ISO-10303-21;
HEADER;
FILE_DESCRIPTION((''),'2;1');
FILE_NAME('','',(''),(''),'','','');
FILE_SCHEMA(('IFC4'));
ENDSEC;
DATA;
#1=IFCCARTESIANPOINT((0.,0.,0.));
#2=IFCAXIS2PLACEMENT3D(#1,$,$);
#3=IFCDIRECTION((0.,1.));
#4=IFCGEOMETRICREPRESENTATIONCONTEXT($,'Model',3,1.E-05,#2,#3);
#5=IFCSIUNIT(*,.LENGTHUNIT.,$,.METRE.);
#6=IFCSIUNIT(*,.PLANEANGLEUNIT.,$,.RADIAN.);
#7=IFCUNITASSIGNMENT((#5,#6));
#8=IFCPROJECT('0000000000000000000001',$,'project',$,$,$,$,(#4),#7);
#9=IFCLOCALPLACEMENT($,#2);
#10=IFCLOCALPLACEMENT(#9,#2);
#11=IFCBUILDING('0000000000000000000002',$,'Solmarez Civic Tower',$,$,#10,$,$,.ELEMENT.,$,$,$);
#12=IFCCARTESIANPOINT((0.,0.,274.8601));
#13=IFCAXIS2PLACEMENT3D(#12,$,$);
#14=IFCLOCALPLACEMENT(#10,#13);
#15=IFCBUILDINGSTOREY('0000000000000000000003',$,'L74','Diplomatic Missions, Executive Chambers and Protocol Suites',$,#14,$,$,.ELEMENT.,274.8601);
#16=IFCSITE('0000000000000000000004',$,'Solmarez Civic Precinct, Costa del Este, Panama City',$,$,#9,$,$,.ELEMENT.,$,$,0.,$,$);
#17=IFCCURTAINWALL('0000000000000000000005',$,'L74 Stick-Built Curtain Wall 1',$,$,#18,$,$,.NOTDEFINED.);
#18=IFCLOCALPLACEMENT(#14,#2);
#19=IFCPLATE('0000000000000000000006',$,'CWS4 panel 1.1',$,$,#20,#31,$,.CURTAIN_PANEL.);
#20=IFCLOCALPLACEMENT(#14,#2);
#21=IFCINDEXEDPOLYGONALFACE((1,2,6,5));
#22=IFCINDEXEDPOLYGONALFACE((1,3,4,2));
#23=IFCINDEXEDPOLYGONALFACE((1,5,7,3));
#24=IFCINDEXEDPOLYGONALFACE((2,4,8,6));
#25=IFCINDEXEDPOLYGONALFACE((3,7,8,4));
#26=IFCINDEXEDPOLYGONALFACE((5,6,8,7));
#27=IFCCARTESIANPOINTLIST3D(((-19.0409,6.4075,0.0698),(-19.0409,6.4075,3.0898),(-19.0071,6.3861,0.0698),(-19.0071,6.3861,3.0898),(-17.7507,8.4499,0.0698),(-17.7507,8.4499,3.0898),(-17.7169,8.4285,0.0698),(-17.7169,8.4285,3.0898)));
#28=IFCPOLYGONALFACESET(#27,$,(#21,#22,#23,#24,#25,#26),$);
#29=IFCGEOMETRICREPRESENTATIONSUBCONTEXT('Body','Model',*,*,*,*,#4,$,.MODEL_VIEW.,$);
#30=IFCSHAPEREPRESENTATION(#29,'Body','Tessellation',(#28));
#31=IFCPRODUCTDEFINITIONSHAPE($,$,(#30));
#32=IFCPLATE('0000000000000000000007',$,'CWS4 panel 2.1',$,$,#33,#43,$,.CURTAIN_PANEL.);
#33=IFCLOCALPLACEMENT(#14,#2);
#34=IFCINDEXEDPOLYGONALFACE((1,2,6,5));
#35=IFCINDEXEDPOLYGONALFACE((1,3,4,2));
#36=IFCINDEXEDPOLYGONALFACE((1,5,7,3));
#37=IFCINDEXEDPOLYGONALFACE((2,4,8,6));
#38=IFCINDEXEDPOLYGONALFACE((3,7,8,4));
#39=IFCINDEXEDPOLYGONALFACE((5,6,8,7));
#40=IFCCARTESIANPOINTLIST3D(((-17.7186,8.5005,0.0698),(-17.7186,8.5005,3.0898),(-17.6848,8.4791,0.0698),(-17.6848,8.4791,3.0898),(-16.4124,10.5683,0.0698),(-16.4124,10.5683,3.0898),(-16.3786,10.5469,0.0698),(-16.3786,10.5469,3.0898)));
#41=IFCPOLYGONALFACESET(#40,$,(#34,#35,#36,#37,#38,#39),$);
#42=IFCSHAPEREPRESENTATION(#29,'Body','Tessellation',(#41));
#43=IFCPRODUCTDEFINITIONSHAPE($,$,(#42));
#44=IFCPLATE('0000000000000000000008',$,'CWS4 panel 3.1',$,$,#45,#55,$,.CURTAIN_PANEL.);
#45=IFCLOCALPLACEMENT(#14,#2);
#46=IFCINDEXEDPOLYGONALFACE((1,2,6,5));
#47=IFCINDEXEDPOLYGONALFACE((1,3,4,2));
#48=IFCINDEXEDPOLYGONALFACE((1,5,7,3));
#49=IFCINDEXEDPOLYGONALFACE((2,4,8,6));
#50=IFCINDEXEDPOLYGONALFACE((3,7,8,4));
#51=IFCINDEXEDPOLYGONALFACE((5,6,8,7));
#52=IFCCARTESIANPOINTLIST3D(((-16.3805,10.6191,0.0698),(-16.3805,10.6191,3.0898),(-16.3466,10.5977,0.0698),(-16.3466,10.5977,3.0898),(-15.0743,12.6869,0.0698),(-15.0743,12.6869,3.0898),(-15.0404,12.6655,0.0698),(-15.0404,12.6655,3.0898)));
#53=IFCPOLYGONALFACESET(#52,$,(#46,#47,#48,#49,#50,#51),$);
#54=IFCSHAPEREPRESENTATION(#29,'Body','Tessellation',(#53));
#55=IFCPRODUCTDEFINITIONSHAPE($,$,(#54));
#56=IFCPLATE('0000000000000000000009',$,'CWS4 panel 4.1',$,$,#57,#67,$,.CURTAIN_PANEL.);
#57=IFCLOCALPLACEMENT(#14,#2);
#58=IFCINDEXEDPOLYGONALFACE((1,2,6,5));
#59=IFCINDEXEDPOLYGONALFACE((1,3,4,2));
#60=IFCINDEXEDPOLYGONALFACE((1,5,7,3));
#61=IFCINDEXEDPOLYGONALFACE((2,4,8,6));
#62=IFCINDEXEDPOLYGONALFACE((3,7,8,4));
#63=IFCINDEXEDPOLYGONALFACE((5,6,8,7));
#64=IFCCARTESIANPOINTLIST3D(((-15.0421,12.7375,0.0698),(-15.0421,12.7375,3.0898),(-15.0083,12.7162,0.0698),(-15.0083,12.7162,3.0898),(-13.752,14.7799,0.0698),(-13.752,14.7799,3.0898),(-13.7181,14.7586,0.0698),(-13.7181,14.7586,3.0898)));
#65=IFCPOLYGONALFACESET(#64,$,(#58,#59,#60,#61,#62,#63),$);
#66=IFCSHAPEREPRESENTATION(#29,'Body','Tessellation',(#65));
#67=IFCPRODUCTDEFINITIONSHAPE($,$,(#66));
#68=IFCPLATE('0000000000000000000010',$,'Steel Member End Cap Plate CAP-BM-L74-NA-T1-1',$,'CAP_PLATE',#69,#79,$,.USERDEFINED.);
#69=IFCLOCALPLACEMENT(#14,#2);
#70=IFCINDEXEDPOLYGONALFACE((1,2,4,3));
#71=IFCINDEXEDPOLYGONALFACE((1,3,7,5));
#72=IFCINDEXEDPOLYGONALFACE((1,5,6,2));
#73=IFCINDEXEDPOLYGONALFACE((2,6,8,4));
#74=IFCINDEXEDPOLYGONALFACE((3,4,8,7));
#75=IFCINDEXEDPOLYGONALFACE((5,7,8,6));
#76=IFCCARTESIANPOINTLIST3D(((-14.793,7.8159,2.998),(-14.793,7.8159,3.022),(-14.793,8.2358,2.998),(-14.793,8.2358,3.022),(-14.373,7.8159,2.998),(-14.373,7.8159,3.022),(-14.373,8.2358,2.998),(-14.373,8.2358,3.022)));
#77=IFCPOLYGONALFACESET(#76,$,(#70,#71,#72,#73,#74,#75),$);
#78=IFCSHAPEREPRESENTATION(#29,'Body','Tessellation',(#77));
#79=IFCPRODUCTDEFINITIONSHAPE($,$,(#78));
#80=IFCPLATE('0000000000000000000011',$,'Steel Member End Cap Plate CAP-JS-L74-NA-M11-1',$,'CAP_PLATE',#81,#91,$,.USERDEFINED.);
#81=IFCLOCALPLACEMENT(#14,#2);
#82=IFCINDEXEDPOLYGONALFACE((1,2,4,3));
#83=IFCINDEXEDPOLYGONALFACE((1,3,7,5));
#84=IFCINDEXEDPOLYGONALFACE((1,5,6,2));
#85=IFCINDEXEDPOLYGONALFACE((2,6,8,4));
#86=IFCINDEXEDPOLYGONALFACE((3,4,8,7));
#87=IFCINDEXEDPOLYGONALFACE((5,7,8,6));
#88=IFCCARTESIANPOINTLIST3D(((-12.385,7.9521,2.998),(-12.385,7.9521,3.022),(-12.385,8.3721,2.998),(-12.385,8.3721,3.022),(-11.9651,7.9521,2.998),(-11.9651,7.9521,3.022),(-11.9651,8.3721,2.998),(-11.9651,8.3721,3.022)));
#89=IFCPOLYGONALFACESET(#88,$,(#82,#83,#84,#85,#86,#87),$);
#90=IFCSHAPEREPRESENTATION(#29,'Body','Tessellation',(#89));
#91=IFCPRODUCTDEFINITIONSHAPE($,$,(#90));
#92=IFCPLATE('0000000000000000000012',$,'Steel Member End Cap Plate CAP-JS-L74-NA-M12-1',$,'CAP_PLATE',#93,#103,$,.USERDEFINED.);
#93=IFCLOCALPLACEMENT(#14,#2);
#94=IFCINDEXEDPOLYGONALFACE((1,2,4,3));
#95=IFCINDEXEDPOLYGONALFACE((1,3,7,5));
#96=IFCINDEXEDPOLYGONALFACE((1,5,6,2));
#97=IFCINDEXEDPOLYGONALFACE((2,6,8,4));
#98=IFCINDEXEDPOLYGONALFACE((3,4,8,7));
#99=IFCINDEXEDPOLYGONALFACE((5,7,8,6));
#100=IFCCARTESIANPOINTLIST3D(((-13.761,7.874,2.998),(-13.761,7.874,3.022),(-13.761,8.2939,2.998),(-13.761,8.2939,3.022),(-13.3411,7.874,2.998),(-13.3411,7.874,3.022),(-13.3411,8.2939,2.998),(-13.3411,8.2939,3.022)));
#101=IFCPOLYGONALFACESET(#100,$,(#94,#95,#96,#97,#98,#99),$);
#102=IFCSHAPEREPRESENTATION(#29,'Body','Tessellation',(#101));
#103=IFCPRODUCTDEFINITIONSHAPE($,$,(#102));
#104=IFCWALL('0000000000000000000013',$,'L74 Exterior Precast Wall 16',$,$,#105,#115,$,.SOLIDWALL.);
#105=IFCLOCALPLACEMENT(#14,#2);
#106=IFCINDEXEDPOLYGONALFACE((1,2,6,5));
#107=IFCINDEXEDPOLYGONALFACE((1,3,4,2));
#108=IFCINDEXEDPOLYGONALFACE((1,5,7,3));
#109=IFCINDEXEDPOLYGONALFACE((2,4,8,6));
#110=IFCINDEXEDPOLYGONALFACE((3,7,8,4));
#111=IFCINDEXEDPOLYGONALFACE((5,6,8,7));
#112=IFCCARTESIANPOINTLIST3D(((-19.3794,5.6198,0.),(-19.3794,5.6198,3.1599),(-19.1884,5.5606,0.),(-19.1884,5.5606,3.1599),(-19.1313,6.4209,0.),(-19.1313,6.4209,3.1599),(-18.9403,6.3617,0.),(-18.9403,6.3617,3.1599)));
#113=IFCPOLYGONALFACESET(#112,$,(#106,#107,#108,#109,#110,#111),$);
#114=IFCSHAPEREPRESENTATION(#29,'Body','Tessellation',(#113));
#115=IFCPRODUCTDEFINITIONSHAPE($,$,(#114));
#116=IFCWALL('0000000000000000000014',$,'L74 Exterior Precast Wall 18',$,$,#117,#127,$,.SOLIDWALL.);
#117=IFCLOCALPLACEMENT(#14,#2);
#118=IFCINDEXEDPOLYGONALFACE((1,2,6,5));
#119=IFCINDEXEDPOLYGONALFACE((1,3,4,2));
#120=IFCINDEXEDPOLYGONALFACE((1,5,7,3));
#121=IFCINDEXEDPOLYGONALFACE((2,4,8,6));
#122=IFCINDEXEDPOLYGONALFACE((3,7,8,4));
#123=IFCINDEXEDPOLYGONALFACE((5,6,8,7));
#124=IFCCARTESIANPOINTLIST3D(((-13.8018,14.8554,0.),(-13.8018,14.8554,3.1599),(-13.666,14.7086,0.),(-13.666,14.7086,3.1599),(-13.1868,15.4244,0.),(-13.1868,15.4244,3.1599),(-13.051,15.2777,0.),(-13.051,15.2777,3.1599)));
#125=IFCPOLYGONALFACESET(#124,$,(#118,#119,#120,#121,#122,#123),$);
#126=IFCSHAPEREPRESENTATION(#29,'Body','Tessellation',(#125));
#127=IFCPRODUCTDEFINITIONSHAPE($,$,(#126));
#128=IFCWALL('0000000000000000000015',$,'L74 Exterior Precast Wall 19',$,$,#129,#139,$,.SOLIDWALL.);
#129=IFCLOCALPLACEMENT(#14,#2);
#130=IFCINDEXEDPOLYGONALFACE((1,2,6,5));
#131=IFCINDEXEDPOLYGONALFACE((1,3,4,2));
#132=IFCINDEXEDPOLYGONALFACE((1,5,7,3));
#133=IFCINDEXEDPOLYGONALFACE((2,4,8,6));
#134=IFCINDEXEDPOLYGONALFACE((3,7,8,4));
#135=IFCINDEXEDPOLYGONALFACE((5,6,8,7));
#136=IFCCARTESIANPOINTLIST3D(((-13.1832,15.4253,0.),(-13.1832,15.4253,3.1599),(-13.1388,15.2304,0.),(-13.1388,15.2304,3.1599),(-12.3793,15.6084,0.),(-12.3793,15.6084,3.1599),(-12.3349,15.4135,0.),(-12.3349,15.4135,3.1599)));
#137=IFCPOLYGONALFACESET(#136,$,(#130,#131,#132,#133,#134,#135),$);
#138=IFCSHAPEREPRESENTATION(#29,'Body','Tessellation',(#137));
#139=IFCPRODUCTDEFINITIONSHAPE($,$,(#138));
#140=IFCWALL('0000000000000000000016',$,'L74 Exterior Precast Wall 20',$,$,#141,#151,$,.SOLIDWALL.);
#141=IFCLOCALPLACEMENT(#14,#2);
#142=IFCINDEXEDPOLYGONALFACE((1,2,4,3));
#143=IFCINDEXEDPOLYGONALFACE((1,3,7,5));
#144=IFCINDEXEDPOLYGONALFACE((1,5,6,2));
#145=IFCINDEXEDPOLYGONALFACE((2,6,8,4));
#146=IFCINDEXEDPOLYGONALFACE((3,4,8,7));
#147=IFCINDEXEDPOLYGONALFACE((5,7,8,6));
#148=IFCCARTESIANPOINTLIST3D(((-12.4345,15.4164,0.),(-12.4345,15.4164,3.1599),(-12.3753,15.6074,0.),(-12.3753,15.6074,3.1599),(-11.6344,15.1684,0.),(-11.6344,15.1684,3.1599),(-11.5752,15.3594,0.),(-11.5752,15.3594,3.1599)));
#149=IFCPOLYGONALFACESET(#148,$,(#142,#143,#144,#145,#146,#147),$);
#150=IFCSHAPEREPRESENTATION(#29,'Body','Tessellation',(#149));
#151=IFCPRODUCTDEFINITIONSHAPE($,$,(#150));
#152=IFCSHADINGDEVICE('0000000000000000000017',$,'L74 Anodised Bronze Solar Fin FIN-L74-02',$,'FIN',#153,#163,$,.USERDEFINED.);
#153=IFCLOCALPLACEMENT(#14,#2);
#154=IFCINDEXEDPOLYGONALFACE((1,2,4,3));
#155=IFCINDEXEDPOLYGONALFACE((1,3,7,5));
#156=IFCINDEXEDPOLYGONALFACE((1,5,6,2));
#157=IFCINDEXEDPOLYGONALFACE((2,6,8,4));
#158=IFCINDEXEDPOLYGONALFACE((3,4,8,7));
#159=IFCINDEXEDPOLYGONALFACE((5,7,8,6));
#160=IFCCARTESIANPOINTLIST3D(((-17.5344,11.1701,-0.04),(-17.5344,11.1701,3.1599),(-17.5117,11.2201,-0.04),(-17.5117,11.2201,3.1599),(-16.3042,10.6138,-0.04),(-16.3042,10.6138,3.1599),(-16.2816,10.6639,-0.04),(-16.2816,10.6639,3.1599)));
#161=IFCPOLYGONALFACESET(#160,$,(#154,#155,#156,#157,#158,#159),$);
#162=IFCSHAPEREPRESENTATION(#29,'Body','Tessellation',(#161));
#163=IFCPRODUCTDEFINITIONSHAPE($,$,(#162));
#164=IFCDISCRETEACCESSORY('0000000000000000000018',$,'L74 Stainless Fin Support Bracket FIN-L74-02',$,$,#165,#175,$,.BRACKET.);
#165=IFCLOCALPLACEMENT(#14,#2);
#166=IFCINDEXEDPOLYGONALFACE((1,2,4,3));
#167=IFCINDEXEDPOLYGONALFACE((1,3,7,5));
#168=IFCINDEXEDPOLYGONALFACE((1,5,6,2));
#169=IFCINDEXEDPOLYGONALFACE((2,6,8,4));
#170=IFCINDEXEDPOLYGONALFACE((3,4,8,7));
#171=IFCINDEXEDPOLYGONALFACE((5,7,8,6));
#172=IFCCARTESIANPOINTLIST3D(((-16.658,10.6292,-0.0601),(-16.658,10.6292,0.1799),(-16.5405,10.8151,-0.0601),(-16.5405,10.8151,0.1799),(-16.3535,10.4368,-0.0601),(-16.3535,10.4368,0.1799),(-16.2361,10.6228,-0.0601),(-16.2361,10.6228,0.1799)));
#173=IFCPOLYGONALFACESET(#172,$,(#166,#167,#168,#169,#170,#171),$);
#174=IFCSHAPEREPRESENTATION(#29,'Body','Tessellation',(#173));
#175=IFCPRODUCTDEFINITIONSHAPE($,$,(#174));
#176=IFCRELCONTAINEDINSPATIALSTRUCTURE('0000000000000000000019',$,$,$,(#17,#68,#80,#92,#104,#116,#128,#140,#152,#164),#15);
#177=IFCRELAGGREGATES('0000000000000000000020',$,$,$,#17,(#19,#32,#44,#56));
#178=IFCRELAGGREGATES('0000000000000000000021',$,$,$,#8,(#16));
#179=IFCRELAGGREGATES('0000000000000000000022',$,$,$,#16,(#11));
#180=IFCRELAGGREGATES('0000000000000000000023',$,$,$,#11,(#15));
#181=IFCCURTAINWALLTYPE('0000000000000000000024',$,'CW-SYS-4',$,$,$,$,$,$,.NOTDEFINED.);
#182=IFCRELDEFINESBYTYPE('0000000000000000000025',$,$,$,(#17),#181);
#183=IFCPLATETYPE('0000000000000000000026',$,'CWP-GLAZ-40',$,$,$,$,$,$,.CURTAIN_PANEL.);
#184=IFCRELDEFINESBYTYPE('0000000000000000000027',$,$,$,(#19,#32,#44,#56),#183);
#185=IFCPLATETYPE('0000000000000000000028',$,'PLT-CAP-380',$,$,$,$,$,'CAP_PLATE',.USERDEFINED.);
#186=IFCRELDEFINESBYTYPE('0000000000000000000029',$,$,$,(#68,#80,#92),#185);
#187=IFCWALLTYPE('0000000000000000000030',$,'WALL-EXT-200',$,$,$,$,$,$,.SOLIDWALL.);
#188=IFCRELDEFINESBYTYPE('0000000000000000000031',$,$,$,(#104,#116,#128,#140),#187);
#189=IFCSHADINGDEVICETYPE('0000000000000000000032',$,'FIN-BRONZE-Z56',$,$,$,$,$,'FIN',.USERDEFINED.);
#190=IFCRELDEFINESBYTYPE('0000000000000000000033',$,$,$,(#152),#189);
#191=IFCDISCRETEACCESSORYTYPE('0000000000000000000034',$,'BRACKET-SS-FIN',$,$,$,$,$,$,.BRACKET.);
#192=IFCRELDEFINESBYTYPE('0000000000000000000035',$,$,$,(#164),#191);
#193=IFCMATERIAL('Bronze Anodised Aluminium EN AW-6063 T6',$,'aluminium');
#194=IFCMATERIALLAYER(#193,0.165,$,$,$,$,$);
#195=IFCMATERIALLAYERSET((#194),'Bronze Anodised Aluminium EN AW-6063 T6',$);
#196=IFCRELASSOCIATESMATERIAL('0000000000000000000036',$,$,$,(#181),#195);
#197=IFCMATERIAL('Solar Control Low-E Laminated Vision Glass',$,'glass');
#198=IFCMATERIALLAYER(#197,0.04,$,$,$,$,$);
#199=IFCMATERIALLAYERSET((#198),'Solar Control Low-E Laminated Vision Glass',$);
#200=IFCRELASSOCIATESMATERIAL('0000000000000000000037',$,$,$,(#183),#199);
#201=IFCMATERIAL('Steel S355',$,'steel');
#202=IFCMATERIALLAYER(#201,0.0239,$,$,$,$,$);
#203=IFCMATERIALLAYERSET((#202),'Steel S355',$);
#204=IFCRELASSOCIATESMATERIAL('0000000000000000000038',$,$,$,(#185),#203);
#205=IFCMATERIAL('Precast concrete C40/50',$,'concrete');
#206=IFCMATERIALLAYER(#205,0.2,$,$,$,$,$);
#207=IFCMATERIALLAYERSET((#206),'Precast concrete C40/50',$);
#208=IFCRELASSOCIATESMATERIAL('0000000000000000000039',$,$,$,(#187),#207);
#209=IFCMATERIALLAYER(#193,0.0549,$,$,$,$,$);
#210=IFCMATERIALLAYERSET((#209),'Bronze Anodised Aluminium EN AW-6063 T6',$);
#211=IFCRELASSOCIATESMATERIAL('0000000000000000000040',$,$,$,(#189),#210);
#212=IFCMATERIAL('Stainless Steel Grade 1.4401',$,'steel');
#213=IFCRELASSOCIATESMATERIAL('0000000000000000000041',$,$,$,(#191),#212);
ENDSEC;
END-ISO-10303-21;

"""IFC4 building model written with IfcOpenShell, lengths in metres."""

from ifc_helpers import new_model, si_unit, direction, frame, frame_2d, origin, origin_2d, place, context, subcontext, project, spatial, rectangle, extrude, material, layer, layer_set, type_object, element, aggregate, save


model = new_model("IFC4")

# Units and contexts
model_context = context("Model", 3, precision=1e-05, world=origin(), true_north=direction((0.0, 1.0)))
body_context = subcontext(model_context, "Body", "Model", "MODEL_VIEW")
ifc_project = project(units=[si_unit("LENGTHUNIT", "METRE"), si_unit("PLANEANGLEUNIT", "RADIAN")], contexts=[model_context])

# Site, building, storey
site_placement = place(None, origin())
site = spatial("IfcSite", under=ifc_project, at=site_placement, Name="Solmarez Civic Precinct, Costa del Este, Panama City", CompositionType="ELEMENT", RefElevation=0.0)
building_placement = place(site_placement, origin())
building = spatial("IfcBuilding", under=site, at=building_placement, Name="Solmarez Civic Tower", CompositionType="ELEMENT")
storey_placement = place(building_placement, frame((0.0, 0.0, 274.8601)))
storey = spatial("IfcBuildingStorey", under=building, at=storey_placement, Name="L74", Description="Diplomatic Missions, Executive Chambers and Protocol Suites", CompositionType="ELEMENT", Elevation=274.8601)

# Curtain wall, plates
ifc_material_1 = material(Name="Bronze Anodised Aluminium EN AW-6063 T6", Category="aluminium")
ifc_layer_1 = layer(ifc_material_1, 0.165)
ifc_layer_set_1 = layer_set([ifc_layer_1], Name="Bronze Anodised Aluminium EN AW-6063 T6")
curtain_wall_type = type_object("IfcCurtainWallType", Name="CW-SYS-4", PredefinedType="NOTDEFINED", material=ifc_layer_set_1)
curtain_wall_placement = place(storey_placement, origin())
curtain_wall = element("IfcCurtainWall", 1, at=curtain_wall_placement, inside=storey, type_object=curtain_wall_type, Name="L74 Stick-Built Curtain Wall 1", PredefinedType="NOTDEFINED")
ifc_material_2 = material(Name="Solar Control Low-E Laminated Vision Glass", Category="glass")
ifc_layer_2 = layer(ifc_material_2, 0.04)
ifc_layer_set_2 = layer_set([ifc_layer_2], Name="Solar Control Low-E Laminated Vision Glass")
plate_type_1 = type_object("IfcPlateType", Name="CWP-GLAZ-40", PredefinedType="CURTAIN_PANEL", material=ifc_layer_set_2)
plate_1_placement = place(storey_placement, frame((-18.3789, 7.418, 0.0698), z_axis=(0.0, 0.0, 1.0), x_axis=(0.534064, 0.845444, 0.0)))
plate_1 = element("IfcPlate", 2, at=plate_1_placement, type_object=plate_type_1, Name="CWS4 panel 1.1", PredefinedType="CURTAIN_PANEL", context=body_context, shape_type="SweptSolid", body=[
    extrude(rectangle(XDim=2.4158, YDim=0.04, at=origin_2d()), origin(), (0.0, 0.0, 1.0), 3.02),
])
plate_2_placement = place(storey_placement, frame((-17.0486, 9.5237, 0.0698), z_axis=(0.0, 0.0, 1.0), x_axis=(0.534064, 0.845444, 0.0)))
plate_2 = element("IfcPlate", 3, at=plate_2_placement, type_object=plate_type_1, Name="CWS4 panel 2.1", PredefinedType="CURTAIN_PANEL", context=body_context, shape_type="SweptSolid", body=[
    extrude(rectangle(XDim=2.4458, YDim=0.04, at=origin_2d()), origin(), (0.0, 0.0, 1.0), 3.02),
])
plate_3_placement = place(storey_placement, frame((-15.7104, 11.6423, 0.0698), z_axis=(0.0, 0.0, 1.0), x_axis=(0.534064, 0.845444, 0.0)))
plate_3 = element("IfcPlate", 4, at=plate_3_placement, type_object=plate_type_1, Name="CWS4 panel 3.1", PredefinedType="CURTAIN_PANEL", context=body_context, shape_type="SweptSolid", body=[
    extrude(rectangle(XDim=2.4458, YDim=0.04, at=origin_2d()), origin(), (0.0, 0.0, 1.0), 3.02),
])
plate_4_placement = place(storey_placement, frame((-14.3801, 13.748, 0.0698), z_axis=(0.0, 0.0, 1.0), x_axis=(0.534064, 0.845444, 0.0)))
plate_4 = element("IfcPlate", 5, at=plate_4_placement, type_object=plate_type_1, Name="CWS4 panel 4.1", PredefinedType="CURTAIN_PANEL", context=body_context, shape_type="SweptSolid", body=[
    extrude(rectangle(XDim=2.4158, YDim=0.04, at=origin_2d()), origin(), (0.0, 0.0, 1.0), 3.02),
])
aggregate(curtain_wall, [plate_1, plate_2, plate_3, plate_4])

# Plates
ifc_material_3 = material(Name="Steel S355", Category="steel")
ifc_layer_3 = layer(ifc_material_3, 0.0239)
ifc_layer_set_3 = layer_set([ifc_layer_3], Name="Steel S355")
plate_type_2 = type_object("IfcPlateType", Name="PLT-CAP-380", ElementType="CAP_PLATE", PredefinedType="USERDEFINED", material=ifc_layer_set_3)
for number, where, z_axis, x_axis, name in (
    (6, (-14.583, 8.0259, 2.998), (0.0, 0.0, 1.0), (1.0, 0.0, 0.0), "Steel Member End Cap Plate CAP-BM-L74-NA-T1-1"),
    (7, (-12.175, 8.1621, 2.998), (0.0, 0.0, 1.0), (1.0, 0.0, 0.0), "Steel Member End Cap Plate CAP-JS-L74-NA-M11-1"),
    (8, (-13.551, 8.084, 2.998), (0.0, 0.0, 1.0), (1.0, 0.0, 0.0), "Steel Member End Cap Plate CAP-JS-L74-NA-M12-1"),
):
    element("IfcPlate", number, at=place(storey_placement, frame(where, z_axis=z_axis, x_axis=x_axis)), inside=storey, type_object=plate_type_2, Name=name, ObjectType="CAP_PLATE", PredefinedType="USERDEFINED", context=body_context, shape_type="SweptSolid", body=[
        extrude(rectangle(XDim=0.4199, YDim=0.4199, at=origin_2d()), origin(), (0.0, 0.0, 1.0), 0.0239),
    ])

# Walls
ifc_material_4 = material(Name="Precast concrete C40/50", Category="concrete")
ifc_layer_4 = layer(ifc_material_4, 0.2)
ifc_layer_set_4 = layer_set([ifc_layer_4], Name="Precast concrete C40/50")
wall_type = type_object("IfcWallType", Name="WALL-EXT-200", PredefinedType="SOLIDWALL", material=ifc_layer_set_4)
wall_1_placement = place(storey_placement, frame((-19.2839, 5.5901, 0.0), z_axis=(0.0, 0.0, 1.0), x_axis=(0.295804, 0.955249, 0.0)))
element("IfcWall", 9, at=wall_1_placement, inside=storey, type_object=wall_type, Name="L74 Exterior Precast Wall 16", PredefinedType="SOLIDWALL", context=body_context, shape_type="SweptSolid", body=[
    extrude(rectangle(XDim=0.8386, YDim=0.2, at=frame_2d((0.4194, 0.0))), origin(), (0.0, 0.0, 1.0), 3.1599),
])
wall_2_placement = place(storey_placement, frame((-13.7339, 14.782, 0.0), z_axis=(0.0, 0.0, 1.0), x_axis=(0.733965, 0.679187, 0.0)))
element("IfcWall", 10, at=wall_2_placement, inside=storey, type_object=wall_type, Name="L74 Exterior Precast Wall 18", PredefinedType="SOLIDWALL", context=body_context, shape_type="SweptSolid", body=[
    extrude(rectangle(XDim=0.8379, YDim=0.2, at=frame_2d((0.4189, 0.0))), origin(), (0.0, 0.0, 1.0), 3.1599),
])
wall_3_placement = place(storey_placement, frame((-13.1609, 15.3279, 0.0), z_axis=(0.0, 0.0, 1.0), x_axis=(0.975031, 0.222069, 0.0)))
element("IfcWall", 11, at=wall_3_placement, inside=storey, type_object=wall_type, Name="L74 Exterior Precast Wall 19", PredefinedType="SOLIDWALL", context=body_context, shape_type="SweptSolid", body=[
    extrude(rectangle(XDim=0.8245, YDim=0.2, at=frame_2d((0.4121, 0.0))), origin(), (0.0, 0.0, 1.0), 3.1599),
])
wall_4_placement = place(storey_placement, frame((-12.405, 15.512, 0.0), z_axis=(0.0, 0.0, 1.0), x_axis=(0.955147, -0.296133, 0.0)))
element("IfcWall", 12, at=wall_4_placement, inside=storey, type_object=wall_type, Name="L74 Exterior Precast Wall 20", PredefinedType="SOLIDWALL", context=body_context, shape_type="SweptSolid", body=[
    extrude(rectangle(XDim=0.8376, YDim=0.2, at=frame_2d((0.4189, 0.0))), origin(), (0.0, 0.0, 1.0), 3.1599),
])

# Shading device
ifc_layer_5 = layer(ifc_material_1, 0.0549)
ifc_layer_set_5 = layer_set([ifc_layer_5], Name="Bronze Anodised Aluminium EN AW-6063 T6")
shading_device_type = type_object("IfcShadingDeviceType", Name="FIN-BRONZE-Z56", ElementType="FIN", PredefinedType="USERDEFINED", material=ifc_layer_set_5)
shading_device_placement = place(storey_placement, frame((-16.908, 10.917, -0.04), z_axis=(0.0, 0.0, 1.0), x_axis=(-0.91118, 0.412007, 0.0)))
element("IfcShadingDevice", 13, at=shading_device_placement, inside=storey, type_object=shading_device_type, Name="L74 Anodised Bronze Solar Fin FIN-L74-02", ObjectType="FIN", PredefinedType="USERDEFINED", context=body_context, shape_type="SweptSolid", body=[
    extrude(rectangle(XDim=1.3501, YDim=0.0549, at=origin_2d()), origin(), (0.0, 0.0, 1.0), 3.2),
])

# Discrete accessory
ifc_material_5 = material(Name="Stainless Steel Grade 1.4401", Category="steel")
discrete_accessory_type = type_object("IfcDiscreteAccessoryType", Name="BRACKET-SS-FIN", PredefinedType="BRACKET", material=ifc_material_5)
discrete_accessory_placement = place(storey_placement, frame((-16.447, 10.626, -0.0601), z_axis=(0.0, 0.0, 1.0), x_axis=(-0.84542, 0.534102, 0.0)))
element("IfcDiscreteAccessory", 14, at=discrete_accessory_placement, inside=storey, type_object=discrete_accessory_type, Name="L74 Stainless Fin Support Bracket FIN-L74-02", PredefinedType="BRACKET", context=body_context, shape_type="SweptSolid", body=[
    extrude(rectangle(XDim=0.3601, YDim=0.22, at=origin_2d()), origin(), (0.0, 0.0, 1.0), 0.24),
])

save(model, "model.ifc")
